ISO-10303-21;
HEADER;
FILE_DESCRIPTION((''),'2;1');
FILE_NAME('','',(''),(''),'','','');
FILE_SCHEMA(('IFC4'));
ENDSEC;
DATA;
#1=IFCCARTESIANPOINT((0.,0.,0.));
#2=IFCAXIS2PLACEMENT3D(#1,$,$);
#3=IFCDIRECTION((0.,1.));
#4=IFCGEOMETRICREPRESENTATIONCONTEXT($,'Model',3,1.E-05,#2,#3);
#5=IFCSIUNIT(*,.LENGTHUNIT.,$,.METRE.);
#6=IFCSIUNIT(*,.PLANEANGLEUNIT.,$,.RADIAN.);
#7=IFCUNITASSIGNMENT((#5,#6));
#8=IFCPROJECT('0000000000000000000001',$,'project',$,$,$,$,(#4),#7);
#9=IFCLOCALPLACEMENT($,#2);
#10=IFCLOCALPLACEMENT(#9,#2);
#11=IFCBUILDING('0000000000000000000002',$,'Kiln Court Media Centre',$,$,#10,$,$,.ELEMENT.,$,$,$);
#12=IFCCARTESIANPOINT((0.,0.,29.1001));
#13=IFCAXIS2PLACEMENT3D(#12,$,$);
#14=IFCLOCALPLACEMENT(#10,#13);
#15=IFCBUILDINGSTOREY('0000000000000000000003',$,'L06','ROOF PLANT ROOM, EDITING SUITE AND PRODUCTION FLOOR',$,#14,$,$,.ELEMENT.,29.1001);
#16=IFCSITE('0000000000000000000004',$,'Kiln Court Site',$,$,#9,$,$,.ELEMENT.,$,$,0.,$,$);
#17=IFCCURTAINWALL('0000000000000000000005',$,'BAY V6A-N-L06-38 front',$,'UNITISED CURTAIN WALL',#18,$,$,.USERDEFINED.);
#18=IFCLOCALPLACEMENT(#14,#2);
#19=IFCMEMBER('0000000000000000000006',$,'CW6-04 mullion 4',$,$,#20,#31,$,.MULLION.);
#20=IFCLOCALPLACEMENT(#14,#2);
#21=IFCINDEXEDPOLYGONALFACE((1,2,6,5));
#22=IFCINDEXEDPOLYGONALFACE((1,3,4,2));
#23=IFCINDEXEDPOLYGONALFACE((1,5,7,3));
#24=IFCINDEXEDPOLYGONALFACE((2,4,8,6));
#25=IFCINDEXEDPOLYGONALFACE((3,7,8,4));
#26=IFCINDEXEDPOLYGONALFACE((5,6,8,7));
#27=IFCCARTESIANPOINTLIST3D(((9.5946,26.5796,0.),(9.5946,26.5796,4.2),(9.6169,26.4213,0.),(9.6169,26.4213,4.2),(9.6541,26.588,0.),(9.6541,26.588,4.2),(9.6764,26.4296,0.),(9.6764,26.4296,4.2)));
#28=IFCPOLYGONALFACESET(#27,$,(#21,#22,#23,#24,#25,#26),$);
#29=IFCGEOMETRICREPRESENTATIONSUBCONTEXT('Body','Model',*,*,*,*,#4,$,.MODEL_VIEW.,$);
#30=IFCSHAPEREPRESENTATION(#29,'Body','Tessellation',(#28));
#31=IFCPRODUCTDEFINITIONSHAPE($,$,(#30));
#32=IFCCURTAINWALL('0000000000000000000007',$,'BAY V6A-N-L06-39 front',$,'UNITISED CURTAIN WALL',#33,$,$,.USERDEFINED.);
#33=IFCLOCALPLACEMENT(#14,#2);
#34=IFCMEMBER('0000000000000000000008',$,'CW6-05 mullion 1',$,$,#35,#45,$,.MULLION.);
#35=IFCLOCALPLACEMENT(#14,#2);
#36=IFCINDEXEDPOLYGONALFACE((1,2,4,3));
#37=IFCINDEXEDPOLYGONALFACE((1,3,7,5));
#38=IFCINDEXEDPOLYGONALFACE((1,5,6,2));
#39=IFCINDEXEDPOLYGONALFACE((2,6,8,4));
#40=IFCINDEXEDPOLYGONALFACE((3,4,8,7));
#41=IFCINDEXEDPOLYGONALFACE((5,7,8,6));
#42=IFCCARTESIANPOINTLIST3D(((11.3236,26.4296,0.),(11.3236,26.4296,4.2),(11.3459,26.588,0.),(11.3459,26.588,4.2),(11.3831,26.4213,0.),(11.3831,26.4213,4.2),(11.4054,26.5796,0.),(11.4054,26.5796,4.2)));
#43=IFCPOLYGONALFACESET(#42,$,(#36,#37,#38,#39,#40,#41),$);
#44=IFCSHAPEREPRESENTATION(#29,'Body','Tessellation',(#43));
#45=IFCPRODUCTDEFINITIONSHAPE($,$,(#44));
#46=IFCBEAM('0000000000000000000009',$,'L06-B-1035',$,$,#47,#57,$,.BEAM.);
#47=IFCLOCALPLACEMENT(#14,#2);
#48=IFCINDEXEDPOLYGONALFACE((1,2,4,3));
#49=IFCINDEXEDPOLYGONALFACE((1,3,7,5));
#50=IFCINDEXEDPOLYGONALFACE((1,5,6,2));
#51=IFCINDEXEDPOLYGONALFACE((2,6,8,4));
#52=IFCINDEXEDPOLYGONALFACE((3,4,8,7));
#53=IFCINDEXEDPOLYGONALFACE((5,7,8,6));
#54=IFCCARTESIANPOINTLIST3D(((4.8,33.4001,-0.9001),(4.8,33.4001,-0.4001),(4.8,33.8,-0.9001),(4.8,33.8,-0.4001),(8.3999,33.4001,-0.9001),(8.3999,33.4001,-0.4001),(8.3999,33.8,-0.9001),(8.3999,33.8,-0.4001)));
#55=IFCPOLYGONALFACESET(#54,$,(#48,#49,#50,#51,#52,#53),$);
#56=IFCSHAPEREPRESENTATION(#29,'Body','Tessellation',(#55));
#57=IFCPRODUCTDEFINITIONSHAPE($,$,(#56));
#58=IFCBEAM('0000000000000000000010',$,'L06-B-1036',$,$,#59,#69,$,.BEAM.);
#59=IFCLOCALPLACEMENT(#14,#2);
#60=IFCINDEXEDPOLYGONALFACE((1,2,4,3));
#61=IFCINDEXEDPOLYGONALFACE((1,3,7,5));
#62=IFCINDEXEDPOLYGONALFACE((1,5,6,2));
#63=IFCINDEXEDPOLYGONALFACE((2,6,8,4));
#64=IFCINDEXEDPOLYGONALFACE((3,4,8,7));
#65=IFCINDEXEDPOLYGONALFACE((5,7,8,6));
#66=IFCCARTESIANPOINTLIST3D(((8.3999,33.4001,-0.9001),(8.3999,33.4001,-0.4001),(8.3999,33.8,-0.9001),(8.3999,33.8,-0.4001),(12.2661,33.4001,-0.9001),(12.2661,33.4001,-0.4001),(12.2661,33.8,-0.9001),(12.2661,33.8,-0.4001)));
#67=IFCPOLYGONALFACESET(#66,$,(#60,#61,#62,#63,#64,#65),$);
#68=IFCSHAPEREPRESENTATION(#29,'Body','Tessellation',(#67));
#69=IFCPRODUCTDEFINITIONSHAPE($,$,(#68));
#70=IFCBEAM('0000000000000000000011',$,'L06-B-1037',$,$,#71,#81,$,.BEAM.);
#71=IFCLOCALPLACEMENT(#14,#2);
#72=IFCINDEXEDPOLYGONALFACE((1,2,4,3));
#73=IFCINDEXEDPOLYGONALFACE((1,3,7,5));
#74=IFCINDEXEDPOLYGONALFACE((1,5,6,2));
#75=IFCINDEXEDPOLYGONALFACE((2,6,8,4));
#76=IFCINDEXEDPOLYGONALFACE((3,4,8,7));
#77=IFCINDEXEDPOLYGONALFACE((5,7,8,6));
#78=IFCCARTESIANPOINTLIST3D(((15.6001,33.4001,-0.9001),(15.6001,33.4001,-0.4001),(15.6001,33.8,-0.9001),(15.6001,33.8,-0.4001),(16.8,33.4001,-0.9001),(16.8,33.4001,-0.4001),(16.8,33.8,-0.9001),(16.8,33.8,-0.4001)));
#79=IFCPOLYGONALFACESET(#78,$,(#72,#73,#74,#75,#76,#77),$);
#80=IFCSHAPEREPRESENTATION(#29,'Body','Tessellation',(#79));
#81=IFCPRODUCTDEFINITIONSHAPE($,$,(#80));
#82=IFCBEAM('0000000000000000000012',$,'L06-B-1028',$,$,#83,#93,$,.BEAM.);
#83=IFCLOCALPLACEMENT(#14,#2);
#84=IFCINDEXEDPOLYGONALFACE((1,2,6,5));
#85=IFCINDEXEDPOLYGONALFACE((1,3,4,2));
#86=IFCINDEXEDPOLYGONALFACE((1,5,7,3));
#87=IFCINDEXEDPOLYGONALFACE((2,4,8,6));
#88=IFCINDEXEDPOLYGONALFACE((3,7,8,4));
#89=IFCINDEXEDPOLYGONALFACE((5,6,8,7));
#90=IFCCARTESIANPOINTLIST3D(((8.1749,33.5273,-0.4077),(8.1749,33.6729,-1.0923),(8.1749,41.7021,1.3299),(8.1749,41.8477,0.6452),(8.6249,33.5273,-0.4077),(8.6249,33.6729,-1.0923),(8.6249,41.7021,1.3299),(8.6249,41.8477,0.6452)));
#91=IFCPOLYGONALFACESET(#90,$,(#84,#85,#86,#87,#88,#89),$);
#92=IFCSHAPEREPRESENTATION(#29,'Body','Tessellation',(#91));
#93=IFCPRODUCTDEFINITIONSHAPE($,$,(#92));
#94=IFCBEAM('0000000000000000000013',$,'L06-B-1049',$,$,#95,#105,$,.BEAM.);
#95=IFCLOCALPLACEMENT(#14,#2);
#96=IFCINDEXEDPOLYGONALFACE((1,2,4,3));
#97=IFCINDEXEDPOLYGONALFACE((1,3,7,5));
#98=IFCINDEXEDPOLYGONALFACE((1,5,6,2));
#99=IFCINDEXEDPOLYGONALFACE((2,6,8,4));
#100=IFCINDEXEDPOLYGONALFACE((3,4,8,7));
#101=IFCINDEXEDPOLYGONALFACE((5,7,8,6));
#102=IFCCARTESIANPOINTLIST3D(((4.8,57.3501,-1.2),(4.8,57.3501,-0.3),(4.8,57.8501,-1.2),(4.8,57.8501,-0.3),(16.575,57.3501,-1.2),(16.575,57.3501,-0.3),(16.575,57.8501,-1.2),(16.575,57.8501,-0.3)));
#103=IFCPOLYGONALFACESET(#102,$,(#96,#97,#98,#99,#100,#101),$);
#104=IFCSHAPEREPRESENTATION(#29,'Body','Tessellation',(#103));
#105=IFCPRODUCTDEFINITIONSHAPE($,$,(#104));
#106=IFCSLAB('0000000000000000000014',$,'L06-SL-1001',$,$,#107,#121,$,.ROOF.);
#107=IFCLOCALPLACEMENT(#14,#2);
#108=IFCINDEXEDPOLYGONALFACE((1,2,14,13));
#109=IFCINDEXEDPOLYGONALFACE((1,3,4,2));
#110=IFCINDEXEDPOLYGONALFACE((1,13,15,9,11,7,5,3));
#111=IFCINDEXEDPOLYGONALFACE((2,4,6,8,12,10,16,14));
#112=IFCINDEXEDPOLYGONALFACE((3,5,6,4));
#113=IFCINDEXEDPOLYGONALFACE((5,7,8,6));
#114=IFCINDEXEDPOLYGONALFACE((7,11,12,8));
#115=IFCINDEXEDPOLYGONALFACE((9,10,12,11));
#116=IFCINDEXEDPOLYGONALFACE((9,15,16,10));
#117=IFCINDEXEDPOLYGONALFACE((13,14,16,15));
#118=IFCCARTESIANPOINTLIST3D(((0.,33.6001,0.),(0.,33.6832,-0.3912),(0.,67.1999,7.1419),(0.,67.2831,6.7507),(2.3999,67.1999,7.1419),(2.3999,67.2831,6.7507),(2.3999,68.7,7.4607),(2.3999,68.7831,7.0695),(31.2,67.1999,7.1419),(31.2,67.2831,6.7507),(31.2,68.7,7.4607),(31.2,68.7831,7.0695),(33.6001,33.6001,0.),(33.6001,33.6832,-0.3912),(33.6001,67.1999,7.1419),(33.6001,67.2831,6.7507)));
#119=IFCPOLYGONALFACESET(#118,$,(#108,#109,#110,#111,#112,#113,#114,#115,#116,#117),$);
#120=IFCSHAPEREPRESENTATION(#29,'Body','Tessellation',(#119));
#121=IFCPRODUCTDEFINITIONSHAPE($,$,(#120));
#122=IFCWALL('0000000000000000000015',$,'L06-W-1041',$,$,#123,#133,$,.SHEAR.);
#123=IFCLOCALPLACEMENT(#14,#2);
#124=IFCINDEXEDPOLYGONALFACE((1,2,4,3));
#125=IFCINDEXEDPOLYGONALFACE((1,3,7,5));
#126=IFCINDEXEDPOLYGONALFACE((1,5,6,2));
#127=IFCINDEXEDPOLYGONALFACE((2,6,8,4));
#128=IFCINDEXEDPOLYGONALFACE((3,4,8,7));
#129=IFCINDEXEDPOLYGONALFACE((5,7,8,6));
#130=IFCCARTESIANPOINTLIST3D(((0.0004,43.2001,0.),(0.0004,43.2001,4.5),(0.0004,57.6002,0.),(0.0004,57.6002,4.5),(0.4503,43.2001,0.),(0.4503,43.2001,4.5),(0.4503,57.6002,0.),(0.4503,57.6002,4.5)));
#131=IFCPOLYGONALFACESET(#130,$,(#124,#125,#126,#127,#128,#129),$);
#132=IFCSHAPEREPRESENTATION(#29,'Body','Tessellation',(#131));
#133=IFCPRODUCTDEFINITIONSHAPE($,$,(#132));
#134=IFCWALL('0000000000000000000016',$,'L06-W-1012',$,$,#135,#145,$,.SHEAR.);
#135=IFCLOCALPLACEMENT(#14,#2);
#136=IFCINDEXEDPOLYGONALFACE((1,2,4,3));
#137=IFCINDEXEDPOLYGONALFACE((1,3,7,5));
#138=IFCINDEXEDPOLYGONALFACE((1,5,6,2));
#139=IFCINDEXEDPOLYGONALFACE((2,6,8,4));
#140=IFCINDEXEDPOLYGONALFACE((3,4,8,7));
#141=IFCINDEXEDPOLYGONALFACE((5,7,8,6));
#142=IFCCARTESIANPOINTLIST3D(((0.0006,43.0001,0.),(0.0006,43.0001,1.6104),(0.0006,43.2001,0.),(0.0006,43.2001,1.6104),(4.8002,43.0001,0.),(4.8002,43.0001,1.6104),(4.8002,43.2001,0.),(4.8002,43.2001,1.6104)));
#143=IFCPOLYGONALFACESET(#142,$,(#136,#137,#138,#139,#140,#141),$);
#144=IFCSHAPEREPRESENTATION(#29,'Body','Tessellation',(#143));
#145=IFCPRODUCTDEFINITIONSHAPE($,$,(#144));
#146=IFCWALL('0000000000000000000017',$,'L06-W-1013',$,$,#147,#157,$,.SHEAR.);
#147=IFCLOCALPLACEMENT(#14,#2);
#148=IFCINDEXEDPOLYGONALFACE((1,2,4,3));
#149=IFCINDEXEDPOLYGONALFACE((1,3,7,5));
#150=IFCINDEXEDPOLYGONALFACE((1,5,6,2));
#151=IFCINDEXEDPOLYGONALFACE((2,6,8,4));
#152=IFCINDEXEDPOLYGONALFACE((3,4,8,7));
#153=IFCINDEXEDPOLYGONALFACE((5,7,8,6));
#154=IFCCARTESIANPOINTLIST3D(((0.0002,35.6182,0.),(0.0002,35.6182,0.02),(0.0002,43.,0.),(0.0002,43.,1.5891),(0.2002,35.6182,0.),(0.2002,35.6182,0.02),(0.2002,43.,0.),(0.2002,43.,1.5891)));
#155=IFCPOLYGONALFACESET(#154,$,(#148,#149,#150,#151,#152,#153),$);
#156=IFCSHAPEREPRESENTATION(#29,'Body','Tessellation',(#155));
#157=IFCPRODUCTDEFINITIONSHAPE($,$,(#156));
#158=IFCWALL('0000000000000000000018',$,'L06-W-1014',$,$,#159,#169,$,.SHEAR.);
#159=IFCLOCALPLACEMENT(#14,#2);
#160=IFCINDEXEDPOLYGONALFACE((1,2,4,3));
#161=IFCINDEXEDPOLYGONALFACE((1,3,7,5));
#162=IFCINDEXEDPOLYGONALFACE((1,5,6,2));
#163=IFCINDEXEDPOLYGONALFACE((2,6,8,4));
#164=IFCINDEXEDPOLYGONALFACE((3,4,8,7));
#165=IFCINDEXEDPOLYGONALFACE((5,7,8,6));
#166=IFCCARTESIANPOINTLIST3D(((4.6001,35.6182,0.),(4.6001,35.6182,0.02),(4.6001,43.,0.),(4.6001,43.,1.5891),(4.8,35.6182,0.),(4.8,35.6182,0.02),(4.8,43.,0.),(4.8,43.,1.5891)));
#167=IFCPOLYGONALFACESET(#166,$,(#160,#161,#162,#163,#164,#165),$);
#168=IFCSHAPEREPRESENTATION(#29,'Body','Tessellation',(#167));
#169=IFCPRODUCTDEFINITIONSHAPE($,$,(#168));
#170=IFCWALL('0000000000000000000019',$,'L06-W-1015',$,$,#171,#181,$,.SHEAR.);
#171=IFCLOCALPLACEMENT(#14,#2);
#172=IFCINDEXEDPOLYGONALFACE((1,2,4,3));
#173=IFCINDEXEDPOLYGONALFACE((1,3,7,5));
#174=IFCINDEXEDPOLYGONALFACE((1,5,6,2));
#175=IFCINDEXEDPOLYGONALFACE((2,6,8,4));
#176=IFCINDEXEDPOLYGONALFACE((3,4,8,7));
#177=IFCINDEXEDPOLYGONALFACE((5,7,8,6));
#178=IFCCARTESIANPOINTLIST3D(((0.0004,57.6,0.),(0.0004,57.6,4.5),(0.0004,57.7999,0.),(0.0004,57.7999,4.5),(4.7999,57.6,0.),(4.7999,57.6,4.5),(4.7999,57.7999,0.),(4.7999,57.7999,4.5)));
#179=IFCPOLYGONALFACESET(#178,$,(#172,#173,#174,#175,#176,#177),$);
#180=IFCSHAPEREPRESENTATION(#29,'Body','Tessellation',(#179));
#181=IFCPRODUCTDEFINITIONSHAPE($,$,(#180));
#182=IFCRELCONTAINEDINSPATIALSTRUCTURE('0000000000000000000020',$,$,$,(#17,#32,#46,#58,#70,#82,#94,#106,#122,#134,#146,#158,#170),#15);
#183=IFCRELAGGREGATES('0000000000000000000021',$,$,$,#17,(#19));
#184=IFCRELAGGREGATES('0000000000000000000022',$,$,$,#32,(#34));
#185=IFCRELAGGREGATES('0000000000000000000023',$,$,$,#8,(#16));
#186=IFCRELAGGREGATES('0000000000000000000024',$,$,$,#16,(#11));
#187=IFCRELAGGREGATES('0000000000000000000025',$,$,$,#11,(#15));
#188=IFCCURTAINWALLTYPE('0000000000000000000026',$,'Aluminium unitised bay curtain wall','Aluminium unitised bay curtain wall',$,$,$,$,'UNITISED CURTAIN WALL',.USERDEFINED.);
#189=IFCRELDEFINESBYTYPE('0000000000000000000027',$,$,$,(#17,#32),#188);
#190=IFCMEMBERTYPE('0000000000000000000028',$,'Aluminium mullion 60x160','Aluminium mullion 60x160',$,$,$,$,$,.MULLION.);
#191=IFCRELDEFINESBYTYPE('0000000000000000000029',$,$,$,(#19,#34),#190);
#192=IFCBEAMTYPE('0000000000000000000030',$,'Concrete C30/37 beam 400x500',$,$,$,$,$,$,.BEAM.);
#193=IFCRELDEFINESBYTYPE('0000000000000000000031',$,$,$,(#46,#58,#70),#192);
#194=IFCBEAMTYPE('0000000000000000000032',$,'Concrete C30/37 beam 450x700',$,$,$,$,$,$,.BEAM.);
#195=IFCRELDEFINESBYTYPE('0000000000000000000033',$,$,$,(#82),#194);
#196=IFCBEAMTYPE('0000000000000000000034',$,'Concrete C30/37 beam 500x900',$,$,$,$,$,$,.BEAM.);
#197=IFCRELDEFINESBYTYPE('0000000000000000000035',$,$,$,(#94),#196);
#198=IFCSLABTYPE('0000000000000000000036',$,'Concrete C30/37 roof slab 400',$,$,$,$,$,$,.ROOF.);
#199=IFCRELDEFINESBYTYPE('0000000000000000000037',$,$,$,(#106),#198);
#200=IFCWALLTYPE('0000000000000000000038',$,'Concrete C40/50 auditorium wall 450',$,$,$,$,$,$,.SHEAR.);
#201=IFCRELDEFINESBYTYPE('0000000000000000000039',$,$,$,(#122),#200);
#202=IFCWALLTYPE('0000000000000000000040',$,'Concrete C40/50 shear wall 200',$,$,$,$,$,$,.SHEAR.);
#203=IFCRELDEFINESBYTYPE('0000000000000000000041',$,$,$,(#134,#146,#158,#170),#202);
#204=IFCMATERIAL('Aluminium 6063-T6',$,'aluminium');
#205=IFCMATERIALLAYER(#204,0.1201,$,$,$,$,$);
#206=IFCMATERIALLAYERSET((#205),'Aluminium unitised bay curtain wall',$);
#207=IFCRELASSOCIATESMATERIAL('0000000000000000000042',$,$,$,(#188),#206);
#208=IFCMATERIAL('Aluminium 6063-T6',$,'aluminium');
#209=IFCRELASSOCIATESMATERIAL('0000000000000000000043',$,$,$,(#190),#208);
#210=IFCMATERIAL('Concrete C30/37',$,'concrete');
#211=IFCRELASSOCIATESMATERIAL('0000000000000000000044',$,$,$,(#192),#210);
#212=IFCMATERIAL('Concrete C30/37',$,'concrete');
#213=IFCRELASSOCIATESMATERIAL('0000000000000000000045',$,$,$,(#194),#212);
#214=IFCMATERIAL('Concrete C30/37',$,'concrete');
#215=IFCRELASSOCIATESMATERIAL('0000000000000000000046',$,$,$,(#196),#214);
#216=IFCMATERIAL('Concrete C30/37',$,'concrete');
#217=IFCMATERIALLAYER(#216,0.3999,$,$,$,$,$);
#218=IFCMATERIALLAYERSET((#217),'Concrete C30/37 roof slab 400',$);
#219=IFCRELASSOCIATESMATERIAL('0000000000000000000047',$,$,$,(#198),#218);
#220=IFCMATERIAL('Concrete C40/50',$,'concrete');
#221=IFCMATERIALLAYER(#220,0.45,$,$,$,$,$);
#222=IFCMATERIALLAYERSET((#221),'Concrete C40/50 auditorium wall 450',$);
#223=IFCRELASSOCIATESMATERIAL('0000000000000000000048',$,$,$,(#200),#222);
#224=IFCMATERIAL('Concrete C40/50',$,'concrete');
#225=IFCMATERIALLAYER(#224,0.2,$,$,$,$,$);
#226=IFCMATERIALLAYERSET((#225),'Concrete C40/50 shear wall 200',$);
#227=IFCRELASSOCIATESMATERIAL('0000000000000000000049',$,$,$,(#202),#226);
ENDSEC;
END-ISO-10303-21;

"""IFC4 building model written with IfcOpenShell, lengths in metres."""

from ifc_helpers import new_model, si_unit, direction, frame, frame_2d, origin, origin_2d, place, context, subcontext, project, spatial, polyline, rectangle, outline, extrude, material, layer, layer_set, material_profile, profile_set, type_object, element, aggregate, save


model = new_model("IFC4")

# Units and contexts
model_context = context("Model", 3, precision=1e-05, world=origin(), true_north=direction((0.0, 1.0)))
body_context = subcontext(model_context, "Body", "Model", "MODEL_VIEW")
ifc_project = project(units=[si_unit("LENGTHUNIT", "METRE"), si_unit("PLANEANGLEUNIT", "RADIAN")], contexts=[model_context])

# Site, building, storey
site_placement = place(None, origin())
site = spatial("IfcSite", under=ifc_project, at=site_placement, Name="Kiln Court Site", CompositionType="ELEMENT", RefElevation=0.0)
building_placement = place(site_placement, origin())
building = spatial("IfcBuilding", under=site, at=building_placement, Name="Kiln Court Media Centre", CompositionType="ELEMENT")
storey_placement = place(building_placement, frame((0.0, 0.0, 29.1001)))
storey = spatial("IfcBuildingStorey", under=building, at=storey_placement, Name="L06", Description="ROOF PLANT ROOM, EDITING SUITE AND PRODUCTION FLOOR", CompositionType="ELEMENT", Elevation=29.1001)

# Curtain walls, members
ifc_material_1 = material(Name="Aluminium 6063-T6", Category="aluminium")
ifc_layer_1 = layer(ifc_material_1, 0.1201)
ifc_layer_set_1 = layer_set([ifc_layer_1], Name="Aluminium unitised bay curtain wall")
curtain_wall_type = type_object("IfcCurtainWallType", Name="Aluminium unitised bay curtain wall", Description="Aluminium unitised bay curtain wall", ElementType="UNITISED CURTAIN WALL", PredefinedType="USERDEFINED", material=ifc_layer_set_1)
curtain_wall_1_placement = place(storey_placement, origin())
curtain_wall_1 = element("IfcCurtainWall", 1, at=curtain_wall_1_placement, inside=storey, type_object=curtain_wall_type, Name="BAY V6A-N-L06-38 front", ObjectType="UNITISED CURTAIN WALL", PredefinedType="USERDEFINED")
ifc_material_2 = material(Name="Aluminium 6063-T6", Category="aluminium")
ifc_material_profile_1 = material_profile(ifc_material_2, rectangle(XDim=0.0601, YDim=0.1599, at=origin_2d()), Name="Aluminium mullion 60x160")
ifc_profile_set_1 = profile_set([ifc_material_profile_1], Name="Aluminium 6063-T6")
member_type = type_object("IfcMemberType", Name="Aluminium mullion 60x160", Description="Aluminium mullion 60x160", PredefinedType="MULLION", material=ifc_profile_set_1)
member_1_placement = place(storey_placement, frame((9.6355, 26.5046, 0.0), z_axis=(0.0, 0.0, 1.0), x_axis=(0.99027, 0.139162, 0.0)))
member_1 = element("IfcMember", 2, at=member_1_placement, type_object=member_type, Name="CW6-04 mullion 4", PredefinedType="MULLION", context=body_context, shape_type="SweptSolid", body=[
    extrude(rectangle(XDim=0.0601, YDim=0.1599, at=origin_2d()), origin(), (0.0, 0.0, 1.0), 4.2),
])
aggregate(curtain_wall_1, [member_1])
curtain_wall_2_placement = place(storey_placement, origin())
curtain_wall_2 = element("IfcCurtainWall", 3, at=curtain_wall_2_placement, inside=storey, type_object=curtain_wall_type, Name="BAY V6A-N-L06-39 front", ObjectType="UNITISED CURTAIN WALL", PredefinedType="USERDEFINED")
member_2_placement = place(storey_placement, frame((11.3645, 26.5046, 0.0), z_axis=(0.0, 0.0, 1.0), x_axis=(0.99027, -0.139162, 0.0)))
member_2 = element("IfcMember", 4, at=member_2_placement, type_object=member_type, Name="CW6-05 mullion 1", PredefinedType="MULLION", context=body_context, shape_type="SweptSolid", body=[
    extrude(rectangle(XDim=0.0601, YDim=0.1599, at=origin_2d()), origin(), (0.0, 0.0, 1.0), 4.2),
])
aggregate(curtain_wall_2, [member_2])

# Beams
ifc_material_3 = material(Name="Concrete C30/37", Category="concrete")
ifc_material_profile_2 = material_profile(ifc_material_3, rectangle(XDim=0.3999, YDim=0.5, at=origin_2d()), Name="RC 400x500")
ifc_profile_set_2 = profile_set([ifc_material_profile_2], Name="Concrete C30/37")
beam_type_1 = type_object("IfcBeamType", Name="Concrete C30/37 beam 400x500", PredefinedType="BEAM", material=ifc_profile_set_2)
beam_1_placement = place(storey_placement, frame((4.8, 33.6001, -0.6501), z_axis=(1.0, 0.0, 0.0), x_axis=(0.0, 1.0, 0.0)))
element("IfcBeam", 5, at=beam_1_placement, inside=storey, type_object=beam_type_1, Name="L06-B-1035", PredefinedType="BEAM", context=body_context, shape_type="SweptSolid", body=[
    extrude(rectangle(XDim=0.3999, YDim=0.5, at=origin_2d()), origin(), (0.0, 0.0, 1.0), 3.5999),
])
beam_2_placement = place(storey_placement, frame((8.3999, 33.6001, -0.6501), z_axis=(1.0, 0.0, 0.0), x_axis=(0.0, 1.0, 0.0)))
element("IfcBeam", 6, at=beam_2_placement, inside=storey, type_object=beam_type_1, Name="L06-B-1036", PredefinedType="BEAM", context=body_context, shape_type="SweptSolid", body=[
    extrude(rectangle(XDim=0.3999, YDim=0.5, at=origin_2d()), origin(), (0.0, 0.0, 1.0), 3.8662),
])
beam_3_placement = place(storey_placement, frame((15.6001, 33.6001, -0.6501), z_axis=(1.0, 0.0, 0.0), x_axis=(0.0, 1.0, 0.0)))
element("IfcBeam", 7, at=beam_3_placement, inside=storey, type_object=beam_type_1, Name="L06-B-1037", PredefinedType="BEAM", context=body_context, shape_type="SweptSolid", body=[
    extrude(rectangle(XDim=0.3999, YDim=0.5, at=origin_2d()), origin(), (0.0, 0.0, 1.0), 1.2),
])
ifc_material_4 = material(Name="Concrete C30/37", Category="concrete")
ifc_material_profile_3 = material_profile(ifc_material_4, rectangle(XDim=0.45, YDim=0.7, at=origin_2d()), Name="RC 450x700")
ifc_profile_set_3 = profile_set([ifc_material_profile_3], Name="Concrete C30/37")
beam_type_2 = type_object("IfcBeamType", Name="Concrete C30/37 beam 450x700", PredefinedType="BEAM", material=ifc_profile_set_3)
beam_4_placement = place(storey_placement, frame((8.3999, 33.6001, -0.75), z_axis=(0.0, 0.978149, 0.207905), x_axis=(-1.0, 0.0, 0.0)))
element("IfcBeam", 8, at=beam_4_placement, inside=storey, type_object=beam_type_2, Name="L06-B-1028", PredefinedType="BEAM", context=body_context, shape_type="SweptSolid", body=[
    extrude(rectangle(XDim=0.45, YDim=0.7, at=origin_2d()), origin(), (0.0, 0.0, 1.0), 8.3574),
])
ifc_material_5 = material(Name="Concrete C30/37", Category="concrete")
ifc_material_profile_4 = material_profile(ifc_material_5, rectangle(XDim=0.5, YDim=0.8999, at=origin_2d()), Name="RC 500x900")
ifc_profile_set_4 = profile_set([ifc_material_profile_4], Name="Concrete C30/37")
beam_type_3 = type_object("IfcBeamType", Name="Concrete C30/37 beam 500x900", PredefinedType="BEAM", material=ifc_profile_set_4)
beam_5_placement = place(storey_placement, frame((16.575, 57.6001, -0.75), z_axis=(-1.0, 0.0, 0.0), x_axis=(0.0, -1.0, 0.0)))
element("IfcBeam", 9, at=beam_5_placement, inside=storey, type_object=beam_type_3, Name="L06-B-1049", PredefinedType="BEAM", context=body_context, shape_type="SweptSolid", body=[
    extrude(rectangle(XDim=0.5, YDim=0.8999, at=origin_2d()), origin(), (0.0, 0.0, 1.0), 11.7749),
])

# Slab
ifc_material_6 = material(Name="Concrete C30/37", Category="concrete")
ifc_layer_2 = layer(ifc_material_6, 0.3999)
ifc_layer_set_2 = layer_set([ifc_layer_2], Name="Concrete C30/37 roof slab 400")
slab_type = type_object("IfcSlabType", Name="Concrete C30/37 roof slab 400", PredefinedType="ROOF", material=ifc_layer_set_2)
slab_placement = place(storey_placement, frame((0.0, 33.6001, 0.0), z_axis=(0.0, -0.207911, 0.978148), x_axis=(0.0, 0.978148, 0.207911)))
element("IfcSlab", 10, at=slab_placement, inside=storey, type_object=slab_type, Name="L06-SL-1001", PredefinedType="ROOF", context=body_context, shape_type="SweptSolid", body=[
    extrude(outline(polyline([(0.0, 0.0), (34.3505, 0.0), (34.3505, -2.3999), (35.884, -2.3999), (35.884, -31.2), (34.3505, -31.2), (34.3505, -33.6001), (0.0, -33.6001), (0.0, 0.0)])), origin(), (0.0, 0.0, -1.0), 0.3999),
])

# Walls
ifc_material_7 = material(Name="Concrete C40/50", Category="concrete")
ifc_layer_3 = layer(ifc_material_7, 0.45)
ifc_layer_set_3 = layer_set([ifc_layer_3], Name="Concrete C40/50 auditorium wall 450")
wall_type_1 = type_object("IfcWallType", Name="Concrete C40/50 auditorium wall 450", PredefinedType="SHEAR", material=ifc_layer_set_3)
wall_1_placement = place(storey_placement, frame((0.2253, 43.2, 0.0), z_axis=(0.0, 0.0, 1.0), x_axis=(0.0, 1.0, 0.0)))
element("IfcWall", 11, at=wall_1_placement, inside=storey, type_object=wall_type_1, Name="L06-W-1041", PredefinedType="SHEAR", context=body_context, shape_type="SweptSolid", body=[
    extrude(rectangle(XDim=14.4001, YDim=0.45, at=frame_2d((7.2002, 0.0))), origin(), (0.0, 0.0, 1.0), 4.5),
])
ifc_material_8 = material(Name="Concrete C40/50", Category="concrete")
ifc_layer_4 = layer(ifc_material_8, 0.2)
ifc_layer_set_4 = layer_set([ifc_layer_4], Name="Concrete C40/50 shear wall 200")
wall_type_2 = type_object("IfcWallType", Name="Concrete C40/50 shear wall 200", PredefinedType="SHEAR", material=ifc_layer_set_4)
wall_2_placement = place(storey_placement, frame((0.0005, 43.1001, 0.0), z_axis=(0.0, 0.0, 1.0), x_axis=(1.0, 0.0, 0.0)))
element("IfcWall", 12, at=wall_2_placement, inside=storey, type_object=wall_type_2, Name="L06-W-1012", PredefinedType="SHEAR", context=body_context, shape_type="SweptSolid", body=[
    extrude(rectangle(XDim=4.7996, YDim=0.2, at=frame_2d((2.3999, 0.0))), origin(), (0.0, 0.0, 1.0), 1.6104),
])
wall_3_placement = place(storey_placement, frame((0.1003, 35.6182, 0.0), z_axis=(0.0, 0.0, 1.0), x_axis=(0.0, 1.0, 0.0)))
element("IfcWall", 13, at=wall_3_placement, inside=storey, type_object=wall_type_2, Name="L06-W-1013", PredefinedType="SHEAR", context=body_context, shape_type="SweptSolid", body=[
    extrude(outline(polyline([(0.0, 0.0), (7.3818, 0.0), (7.3818, 1.5891), (0.0, 0.02), (0.0, 0.0)])), frame((0.0, 0.1001, 0.0), z_axis=(0.0, -1.0, 0.0), x_axis=(1.0, 0.0, 0.0)), (0.0, 0.0, 1.0), 0.2),
])
wall_4_placement = place(storey_placement, frame((4.7, 43.0, 0.0), z_axis=(0.0, 0.0, 1.0), x_axis=(0.0, -1.0, 0.0)))
element("IfcWall", 14, at=wall_4_placement, inside=storey, type_object=wall_type_2, Name="L06-W-1014", PredefinedType="SHEAR", context=body_context, shape_type="SweptSolid", body=[
    extrude(outline(polyline([(0.0, 0.0), (7.3818, 0.0), (7.3818, 0.02), (0.0, 1.5891), (0.0, 0.0)])), frame((0.0, 0.1001, 0.0), z_axis=(0.0, -1.0, 0.0), x_axis=(1.0, 0.0, 0.0)), (0.0, 0.0, 1.0), 0.2),
])
wall_5_placement = place(storey_placement, frame((4.8, 57.7, 0.0), z_axis=(0.0, 0.0, 1.0), x_axis=(-1.0, 0.0, 0.0)))
element("IfcWall", 15, at=wall_5_placement, inside=storey, type_object=wall_type_2, Name="L06-W-1015", PredefinedType="SHEAR", context=body_context, shape_type="SweptSolid", body=[
    extrude(rectangle(XDim=4.7996, YDim=0.2, at=frame_2d((2.3999, 0.0))), origin(), (0.0, 0.0, 1.0), 4.5),
])

save(model, "model.ifc")
